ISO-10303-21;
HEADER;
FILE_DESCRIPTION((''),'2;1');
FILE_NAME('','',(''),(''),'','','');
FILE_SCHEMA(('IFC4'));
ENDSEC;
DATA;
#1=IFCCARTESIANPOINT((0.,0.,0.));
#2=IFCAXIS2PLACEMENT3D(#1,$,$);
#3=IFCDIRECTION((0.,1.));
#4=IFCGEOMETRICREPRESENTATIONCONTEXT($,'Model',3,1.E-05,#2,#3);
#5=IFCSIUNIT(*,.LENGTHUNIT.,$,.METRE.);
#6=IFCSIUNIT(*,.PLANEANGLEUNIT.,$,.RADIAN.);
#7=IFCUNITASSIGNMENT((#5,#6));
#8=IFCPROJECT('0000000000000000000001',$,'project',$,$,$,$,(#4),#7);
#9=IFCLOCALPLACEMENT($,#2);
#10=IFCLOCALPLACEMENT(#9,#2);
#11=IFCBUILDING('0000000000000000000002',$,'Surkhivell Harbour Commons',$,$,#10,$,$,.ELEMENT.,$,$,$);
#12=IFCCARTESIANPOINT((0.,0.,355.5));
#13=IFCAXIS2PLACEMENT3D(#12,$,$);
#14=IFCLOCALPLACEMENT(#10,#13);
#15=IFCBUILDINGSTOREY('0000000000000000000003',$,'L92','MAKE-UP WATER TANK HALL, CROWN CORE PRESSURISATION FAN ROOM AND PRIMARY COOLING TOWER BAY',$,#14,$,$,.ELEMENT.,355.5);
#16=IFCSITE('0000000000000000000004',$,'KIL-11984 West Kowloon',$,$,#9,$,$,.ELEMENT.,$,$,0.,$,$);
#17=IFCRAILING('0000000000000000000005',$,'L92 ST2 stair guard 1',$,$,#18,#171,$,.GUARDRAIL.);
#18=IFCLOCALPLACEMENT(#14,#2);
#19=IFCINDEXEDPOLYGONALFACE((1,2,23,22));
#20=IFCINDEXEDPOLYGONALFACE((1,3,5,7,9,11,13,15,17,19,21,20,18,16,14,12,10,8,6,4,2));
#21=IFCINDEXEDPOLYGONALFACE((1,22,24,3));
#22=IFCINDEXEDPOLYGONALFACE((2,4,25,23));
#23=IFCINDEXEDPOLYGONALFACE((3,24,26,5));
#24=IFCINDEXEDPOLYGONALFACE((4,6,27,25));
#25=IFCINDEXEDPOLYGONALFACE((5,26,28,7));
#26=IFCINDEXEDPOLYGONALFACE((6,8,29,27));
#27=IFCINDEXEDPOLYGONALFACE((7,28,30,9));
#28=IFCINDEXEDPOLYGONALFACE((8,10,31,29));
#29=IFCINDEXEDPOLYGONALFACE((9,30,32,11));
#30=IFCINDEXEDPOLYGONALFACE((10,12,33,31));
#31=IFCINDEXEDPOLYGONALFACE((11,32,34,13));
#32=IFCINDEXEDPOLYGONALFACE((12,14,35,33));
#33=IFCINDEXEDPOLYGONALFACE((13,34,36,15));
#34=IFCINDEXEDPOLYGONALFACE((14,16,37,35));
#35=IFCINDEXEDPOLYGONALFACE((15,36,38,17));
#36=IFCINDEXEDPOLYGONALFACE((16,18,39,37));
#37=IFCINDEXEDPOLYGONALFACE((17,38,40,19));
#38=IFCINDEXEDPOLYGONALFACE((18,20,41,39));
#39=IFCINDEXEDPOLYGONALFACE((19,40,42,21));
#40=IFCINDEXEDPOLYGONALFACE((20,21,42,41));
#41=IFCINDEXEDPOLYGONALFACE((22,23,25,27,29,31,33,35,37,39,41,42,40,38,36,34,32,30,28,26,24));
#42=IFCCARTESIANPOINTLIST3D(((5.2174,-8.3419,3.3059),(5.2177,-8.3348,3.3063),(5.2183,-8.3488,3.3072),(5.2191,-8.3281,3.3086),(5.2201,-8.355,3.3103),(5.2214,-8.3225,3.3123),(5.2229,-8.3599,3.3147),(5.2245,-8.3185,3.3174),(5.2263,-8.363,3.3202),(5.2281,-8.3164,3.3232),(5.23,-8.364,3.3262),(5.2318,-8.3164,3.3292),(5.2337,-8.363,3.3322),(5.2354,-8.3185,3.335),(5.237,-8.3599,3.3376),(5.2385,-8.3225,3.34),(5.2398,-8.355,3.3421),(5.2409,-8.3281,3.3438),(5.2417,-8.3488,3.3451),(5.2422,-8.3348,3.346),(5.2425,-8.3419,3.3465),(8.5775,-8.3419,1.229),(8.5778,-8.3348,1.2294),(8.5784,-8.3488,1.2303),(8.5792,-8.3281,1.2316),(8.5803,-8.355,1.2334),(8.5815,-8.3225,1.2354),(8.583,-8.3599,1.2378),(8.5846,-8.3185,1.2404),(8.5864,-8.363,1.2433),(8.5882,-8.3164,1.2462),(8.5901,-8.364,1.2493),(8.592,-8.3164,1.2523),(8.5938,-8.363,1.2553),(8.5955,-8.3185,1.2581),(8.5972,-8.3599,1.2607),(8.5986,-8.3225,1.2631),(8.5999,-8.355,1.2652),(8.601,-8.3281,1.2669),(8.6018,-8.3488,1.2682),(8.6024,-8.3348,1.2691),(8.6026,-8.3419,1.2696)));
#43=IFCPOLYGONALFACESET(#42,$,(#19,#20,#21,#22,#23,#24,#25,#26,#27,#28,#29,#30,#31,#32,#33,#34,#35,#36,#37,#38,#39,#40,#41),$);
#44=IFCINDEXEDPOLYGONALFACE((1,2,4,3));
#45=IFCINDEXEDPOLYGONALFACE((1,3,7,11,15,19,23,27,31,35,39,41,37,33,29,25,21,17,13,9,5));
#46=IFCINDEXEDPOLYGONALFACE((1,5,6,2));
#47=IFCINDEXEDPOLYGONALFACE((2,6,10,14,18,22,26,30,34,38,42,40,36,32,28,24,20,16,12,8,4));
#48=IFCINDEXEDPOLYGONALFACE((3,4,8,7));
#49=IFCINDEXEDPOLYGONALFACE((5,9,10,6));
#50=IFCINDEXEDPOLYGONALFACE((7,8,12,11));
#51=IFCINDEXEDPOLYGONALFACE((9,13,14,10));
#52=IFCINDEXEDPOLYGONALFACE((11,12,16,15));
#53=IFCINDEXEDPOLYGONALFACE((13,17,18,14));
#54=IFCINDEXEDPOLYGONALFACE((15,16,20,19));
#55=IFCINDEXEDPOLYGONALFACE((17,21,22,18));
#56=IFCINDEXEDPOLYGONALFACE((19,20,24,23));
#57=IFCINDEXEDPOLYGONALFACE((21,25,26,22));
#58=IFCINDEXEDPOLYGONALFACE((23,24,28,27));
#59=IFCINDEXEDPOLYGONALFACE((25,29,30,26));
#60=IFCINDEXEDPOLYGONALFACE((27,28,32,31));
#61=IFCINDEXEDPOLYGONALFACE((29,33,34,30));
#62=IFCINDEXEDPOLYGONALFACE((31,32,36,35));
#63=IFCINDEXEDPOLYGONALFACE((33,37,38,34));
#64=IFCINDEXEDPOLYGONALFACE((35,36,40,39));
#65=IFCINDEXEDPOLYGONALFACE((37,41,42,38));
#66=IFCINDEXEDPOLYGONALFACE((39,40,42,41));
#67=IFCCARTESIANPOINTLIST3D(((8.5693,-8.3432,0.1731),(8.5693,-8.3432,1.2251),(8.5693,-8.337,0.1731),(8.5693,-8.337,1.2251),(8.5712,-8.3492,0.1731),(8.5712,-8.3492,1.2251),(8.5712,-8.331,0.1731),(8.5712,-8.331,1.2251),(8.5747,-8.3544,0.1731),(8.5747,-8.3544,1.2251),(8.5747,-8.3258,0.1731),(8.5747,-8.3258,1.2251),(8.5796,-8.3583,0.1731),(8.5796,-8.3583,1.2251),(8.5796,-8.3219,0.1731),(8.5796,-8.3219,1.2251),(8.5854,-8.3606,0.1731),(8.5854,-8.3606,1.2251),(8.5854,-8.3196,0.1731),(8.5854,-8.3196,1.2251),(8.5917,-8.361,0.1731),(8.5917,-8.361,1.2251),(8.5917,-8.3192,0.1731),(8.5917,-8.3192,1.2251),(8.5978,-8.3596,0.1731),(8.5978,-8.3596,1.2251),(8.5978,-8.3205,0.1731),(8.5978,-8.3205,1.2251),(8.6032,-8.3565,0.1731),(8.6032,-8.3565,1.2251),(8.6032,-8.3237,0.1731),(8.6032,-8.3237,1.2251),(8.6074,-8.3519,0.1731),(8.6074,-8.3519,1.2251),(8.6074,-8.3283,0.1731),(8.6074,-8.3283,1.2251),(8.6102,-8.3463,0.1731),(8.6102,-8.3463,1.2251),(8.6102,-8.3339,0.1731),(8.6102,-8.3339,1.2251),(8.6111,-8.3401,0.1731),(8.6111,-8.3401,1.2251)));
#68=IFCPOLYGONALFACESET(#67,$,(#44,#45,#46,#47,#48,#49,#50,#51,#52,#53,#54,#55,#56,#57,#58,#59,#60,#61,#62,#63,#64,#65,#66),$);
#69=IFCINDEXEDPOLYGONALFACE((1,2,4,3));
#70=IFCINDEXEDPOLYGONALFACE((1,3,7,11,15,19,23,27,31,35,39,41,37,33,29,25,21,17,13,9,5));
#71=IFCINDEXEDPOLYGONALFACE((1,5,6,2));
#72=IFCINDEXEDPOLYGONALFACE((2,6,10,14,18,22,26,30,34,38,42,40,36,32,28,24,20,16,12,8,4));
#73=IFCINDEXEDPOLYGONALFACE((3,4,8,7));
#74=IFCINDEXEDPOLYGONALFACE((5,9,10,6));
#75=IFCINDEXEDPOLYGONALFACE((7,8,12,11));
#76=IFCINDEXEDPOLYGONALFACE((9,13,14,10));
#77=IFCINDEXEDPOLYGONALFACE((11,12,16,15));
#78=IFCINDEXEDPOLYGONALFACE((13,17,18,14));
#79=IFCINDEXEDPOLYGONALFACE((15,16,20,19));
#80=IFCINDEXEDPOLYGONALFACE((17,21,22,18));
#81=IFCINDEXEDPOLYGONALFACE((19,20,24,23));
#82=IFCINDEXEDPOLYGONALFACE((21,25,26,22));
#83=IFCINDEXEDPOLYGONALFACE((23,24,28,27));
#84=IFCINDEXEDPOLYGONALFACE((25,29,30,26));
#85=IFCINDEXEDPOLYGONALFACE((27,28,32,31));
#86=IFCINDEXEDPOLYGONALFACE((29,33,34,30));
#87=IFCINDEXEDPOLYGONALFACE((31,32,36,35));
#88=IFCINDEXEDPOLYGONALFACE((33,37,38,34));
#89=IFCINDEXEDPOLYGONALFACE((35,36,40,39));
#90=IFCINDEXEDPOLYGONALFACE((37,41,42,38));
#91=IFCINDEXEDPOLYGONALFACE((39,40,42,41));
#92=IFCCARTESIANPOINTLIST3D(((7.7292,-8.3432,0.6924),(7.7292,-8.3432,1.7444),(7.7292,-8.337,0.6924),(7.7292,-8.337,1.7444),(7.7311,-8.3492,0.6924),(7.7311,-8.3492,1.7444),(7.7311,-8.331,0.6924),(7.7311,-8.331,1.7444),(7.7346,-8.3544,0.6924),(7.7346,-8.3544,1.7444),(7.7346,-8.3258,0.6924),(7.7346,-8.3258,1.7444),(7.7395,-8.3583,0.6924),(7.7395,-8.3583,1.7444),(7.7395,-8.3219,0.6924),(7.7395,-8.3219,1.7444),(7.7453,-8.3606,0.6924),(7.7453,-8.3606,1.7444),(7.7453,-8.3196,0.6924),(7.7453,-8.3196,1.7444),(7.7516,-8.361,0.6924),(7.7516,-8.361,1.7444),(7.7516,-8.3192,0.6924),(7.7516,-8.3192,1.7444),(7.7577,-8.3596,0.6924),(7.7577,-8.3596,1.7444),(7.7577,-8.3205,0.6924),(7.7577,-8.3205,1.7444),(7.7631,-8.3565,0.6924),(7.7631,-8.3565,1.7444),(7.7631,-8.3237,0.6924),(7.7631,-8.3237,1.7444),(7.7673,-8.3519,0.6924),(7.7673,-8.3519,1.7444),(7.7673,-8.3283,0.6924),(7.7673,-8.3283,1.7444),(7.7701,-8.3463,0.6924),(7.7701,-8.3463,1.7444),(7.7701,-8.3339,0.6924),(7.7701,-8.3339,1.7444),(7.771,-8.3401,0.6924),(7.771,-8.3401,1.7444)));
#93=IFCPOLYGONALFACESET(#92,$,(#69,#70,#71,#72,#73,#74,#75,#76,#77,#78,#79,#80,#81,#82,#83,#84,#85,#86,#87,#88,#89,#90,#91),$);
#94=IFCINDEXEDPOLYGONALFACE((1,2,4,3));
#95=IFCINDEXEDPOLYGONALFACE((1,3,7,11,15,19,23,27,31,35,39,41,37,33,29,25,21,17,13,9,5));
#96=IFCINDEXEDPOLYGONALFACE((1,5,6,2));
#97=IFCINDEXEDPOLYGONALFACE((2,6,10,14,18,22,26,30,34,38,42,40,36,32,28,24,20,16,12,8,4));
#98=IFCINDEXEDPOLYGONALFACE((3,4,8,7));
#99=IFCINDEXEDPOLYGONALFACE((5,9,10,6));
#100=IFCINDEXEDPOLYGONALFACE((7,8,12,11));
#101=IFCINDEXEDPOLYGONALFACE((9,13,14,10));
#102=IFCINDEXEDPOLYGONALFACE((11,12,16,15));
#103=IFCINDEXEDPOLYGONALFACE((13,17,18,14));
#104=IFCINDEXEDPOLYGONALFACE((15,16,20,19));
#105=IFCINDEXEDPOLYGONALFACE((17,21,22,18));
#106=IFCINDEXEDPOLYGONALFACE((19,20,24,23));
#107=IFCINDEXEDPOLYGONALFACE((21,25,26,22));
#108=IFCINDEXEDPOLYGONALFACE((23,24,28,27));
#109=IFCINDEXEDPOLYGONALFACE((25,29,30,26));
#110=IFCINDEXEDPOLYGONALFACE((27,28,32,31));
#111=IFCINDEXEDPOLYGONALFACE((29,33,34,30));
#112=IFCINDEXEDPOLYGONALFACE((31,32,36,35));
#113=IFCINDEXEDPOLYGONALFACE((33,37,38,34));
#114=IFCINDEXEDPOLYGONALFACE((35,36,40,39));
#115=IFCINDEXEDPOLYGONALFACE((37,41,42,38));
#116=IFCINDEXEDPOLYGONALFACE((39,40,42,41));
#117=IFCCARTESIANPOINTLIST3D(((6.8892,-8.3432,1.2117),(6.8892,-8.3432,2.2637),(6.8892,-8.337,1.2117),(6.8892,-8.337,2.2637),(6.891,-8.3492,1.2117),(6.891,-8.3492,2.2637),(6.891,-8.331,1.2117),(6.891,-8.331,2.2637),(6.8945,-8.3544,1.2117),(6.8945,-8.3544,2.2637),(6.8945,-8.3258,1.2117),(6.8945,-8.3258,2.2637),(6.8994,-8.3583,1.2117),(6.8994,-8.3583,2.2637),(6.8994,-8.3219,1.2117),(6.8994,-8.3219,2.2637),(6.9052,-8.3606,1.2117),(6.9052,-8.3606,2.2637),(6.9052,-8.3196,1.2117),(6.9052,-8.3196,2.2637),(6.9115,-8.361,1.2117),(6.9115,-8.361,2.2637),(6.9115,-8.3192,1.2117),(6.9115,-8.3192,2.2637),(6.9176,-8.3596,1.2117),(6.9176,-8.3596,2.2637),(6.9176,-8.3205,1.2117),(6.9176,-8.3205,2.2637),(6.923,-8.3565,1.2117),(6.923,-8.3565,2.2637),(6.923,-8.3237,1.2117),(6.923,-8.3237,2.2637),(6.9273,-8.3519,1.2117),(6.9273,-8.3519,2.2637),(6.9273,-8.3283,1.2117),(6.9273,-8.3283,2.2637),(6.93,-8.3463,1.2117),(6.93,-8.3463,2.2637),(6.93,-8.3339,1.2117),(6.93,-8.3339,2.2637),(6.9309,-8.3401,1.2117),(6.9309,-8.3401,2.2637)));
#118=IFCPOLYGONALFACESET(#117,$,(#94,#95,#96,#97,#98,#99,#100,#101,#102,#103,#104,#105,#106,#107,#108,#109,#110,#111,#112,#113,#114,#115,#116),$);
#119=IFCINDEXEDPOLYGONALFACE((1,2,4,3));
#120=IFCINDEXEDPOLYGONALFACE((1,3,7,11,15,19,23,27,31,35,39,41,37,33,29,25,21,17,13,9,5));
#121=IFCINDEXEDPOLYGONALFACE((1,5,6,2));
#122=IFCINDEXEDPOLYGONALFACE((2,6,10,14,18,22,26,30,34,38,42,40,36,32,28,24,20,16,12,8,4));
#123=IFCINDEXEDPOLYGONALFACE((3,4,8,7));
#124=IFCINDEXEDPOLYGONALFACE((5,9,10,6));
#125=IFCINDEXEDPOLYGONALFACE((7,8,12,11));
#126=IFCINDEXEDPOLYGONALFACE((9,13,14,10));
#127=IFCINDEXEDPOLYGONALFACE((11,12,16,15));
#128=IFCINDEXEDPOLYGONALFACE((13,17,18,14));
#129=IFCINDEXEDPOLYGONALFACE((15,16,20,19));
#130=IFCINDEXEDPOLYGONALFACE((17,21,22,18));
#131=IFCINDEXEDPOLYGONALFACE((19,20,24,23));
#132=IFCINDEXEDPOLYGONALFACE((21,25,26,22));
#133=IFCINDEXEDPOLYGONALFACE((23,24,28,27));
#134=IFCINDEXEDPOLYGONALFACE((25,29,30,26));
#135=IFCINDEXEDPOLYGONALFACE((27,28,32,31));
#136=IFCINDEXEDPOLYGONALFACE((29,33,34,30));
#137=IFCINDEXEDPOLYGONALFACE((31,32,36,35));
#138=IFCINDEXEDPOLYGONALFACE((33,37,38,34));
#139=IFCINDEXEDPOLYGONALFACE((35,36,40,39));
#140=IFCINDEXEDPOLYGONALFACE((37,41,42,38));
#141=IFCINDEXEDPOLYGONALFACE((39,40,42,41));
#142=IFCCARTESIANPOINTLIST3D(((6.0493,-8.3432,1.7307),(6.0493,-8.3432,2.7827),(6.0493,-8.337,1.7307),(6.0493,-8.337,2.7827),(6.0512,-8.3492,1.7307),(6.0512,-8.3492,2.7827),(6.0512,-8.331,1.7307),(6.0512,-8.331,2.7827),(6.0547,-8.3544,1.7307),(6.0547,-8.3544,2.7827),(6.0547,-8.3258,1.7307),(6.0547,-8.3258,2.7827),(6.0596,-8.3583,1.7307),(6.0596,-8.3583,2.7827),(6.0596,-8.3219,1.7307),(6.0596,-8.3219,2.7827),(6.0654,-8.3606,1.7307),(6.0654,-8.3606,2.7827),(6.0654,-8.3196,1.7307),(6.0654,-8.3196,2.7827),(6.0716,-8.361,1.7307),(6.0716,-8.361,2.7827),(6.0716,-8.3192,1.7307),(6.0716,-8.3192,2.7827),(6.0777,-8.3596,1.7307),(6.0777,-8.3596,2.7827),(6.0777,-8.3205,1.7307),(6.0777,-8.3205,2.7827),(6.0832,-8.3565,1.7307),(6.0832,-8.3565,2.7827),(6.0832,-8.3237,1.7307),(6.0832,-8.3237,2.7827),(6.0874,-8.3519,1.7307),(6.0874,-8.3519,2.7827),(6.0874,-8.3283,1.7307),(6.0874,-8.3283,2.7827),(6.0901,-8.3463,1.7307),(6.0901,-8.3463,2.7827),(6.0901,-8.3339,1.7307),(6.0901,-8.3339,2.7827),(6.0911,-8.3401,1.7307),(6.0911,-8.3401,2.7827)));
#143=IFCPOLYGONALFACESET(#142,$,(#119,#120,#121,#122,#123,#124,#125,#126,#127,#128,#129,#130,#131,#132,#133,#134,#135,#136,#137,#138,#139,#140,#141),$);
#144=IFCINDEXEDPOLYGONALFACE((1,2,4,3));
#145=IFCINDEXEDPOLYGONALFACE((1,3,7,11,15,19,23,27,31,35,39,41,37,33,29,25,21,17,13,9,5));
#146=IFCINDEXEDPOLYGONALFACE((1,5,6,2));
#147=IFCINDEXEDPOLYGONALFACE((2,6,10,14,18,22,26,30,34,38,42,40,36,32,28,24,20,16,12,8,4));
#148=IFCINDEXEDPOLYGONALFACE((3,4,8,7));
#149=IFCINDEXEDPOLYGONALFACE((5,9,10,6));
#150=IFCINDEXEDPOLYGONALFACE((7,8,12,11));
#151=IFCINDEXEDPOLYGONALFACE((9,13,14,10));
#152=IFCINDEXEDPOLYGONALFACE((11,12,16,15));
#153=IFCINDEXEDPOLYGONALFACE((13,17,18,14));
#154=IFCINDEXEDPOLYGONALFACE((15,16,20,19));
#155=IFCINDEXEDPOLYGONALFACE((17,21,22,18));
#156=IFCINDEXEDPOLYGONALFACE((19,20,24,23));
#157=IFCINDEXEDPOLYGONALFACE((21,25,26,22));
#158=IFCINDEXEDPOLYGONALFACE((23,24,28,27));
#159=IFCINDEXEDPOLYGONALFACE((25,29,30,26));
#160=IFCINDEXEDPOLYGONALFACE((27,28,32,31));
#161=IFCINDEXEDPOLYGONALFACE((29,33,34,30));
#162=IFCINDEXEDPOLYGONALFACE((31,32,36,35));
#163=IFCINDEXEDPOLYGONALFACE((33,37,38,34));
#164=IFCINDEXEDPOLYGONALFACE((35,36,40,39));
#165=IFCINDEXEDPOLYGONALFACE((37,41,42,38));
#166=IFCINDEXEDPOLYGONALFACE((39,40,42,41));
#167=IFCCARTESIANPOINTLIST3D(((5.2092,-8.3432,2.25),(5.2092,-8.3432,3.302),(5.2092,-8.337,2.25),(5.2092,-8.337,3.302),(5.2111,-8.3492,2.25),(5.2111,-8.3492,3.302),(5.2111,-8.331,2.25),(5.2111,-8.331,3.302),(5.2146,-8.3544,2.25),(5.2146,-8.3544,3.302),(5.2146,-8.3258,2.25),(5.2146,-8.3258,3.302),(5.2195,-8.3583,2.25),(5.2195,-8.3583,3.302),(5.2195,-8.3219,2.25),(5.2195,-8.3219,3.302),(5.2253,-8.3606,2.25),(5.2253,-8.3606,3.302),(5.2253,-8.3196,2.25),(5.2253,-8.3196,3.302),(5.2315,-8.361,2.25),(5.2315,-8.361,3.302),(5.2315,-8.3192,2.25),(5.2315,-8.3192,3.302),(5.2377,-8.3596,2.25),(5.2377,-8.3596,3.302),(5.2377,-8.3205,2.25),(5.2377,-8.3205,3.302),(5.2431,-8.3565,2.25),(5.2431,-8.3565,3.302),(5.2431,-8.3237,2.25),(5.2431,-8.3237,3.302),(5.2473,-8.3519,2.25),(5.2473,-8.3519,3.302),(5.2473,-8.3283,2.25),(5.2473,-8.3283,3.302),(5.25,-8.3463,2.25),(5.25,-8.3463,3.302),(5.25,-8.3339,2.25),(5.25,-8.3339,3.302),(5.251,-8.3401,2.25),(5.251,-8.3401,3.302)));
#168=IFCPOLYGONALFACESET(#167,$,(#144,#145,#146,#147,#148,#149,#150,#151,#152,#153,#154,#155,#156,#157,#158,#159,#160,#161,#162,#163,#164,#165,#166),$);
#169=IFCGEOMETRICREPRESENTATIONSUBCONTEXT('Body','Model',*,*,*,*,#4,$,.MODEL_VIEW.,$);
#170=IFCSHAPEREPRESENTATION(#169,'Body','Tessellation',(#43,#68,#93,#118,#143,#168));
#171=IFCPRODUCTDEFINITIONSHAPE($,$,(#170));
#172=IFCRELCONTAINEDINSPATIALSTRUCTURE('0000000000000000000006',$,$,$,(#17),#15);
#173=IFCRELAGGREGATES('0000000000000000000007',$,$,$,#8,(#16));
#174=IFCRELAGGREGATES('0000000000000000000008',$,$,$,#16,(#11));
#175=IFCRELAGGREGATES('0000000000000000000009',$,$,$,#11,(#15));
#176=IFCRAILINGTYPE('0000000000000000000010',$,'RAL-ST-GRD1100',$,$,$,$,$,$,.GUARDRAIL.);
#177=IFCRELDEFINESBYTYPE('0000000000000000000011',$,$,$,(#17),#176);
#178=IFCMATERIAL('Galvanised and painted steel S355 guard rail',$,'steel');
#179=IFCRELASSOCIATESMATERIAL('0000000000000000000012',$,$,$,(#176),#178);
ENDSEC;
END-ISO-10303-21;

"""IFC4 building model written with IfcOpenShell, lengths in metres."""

from ifc_helpers import new_model, si_unit, direction, frame, origin, origin_2d, place, context, subcontext, project, spatial, circle, extrude, material, type_object, element, save


model = new_model("IFC4")

# Units and contexts
model_context = context("Model", 3, precision=1e-05, world=origin(), true_north=direction((0.0, 1.0)))
body_context = subcontext(model_context, "Body", "Model", "MODEL_VIEW")
ifc_project = project(units=[si_unit("LENGTHUNIT", "METRE"), si_unit("PLANEANGLEUNIT", "RADIAN")], contexts=[model_context])

# Site, building, storey
site_placement = place(None, origin())
site = spatial("IfcSite", under=ifc_project, at=site_placement, Name="KIL-11984 West Kowloon", CompositionType="ELEMENT", RefElevation=0.0)
building_placement = place(site_placement, origin())
building = spatial("IfcBuilding", under=site, at=building_placement, Name="Surkhivell Harbour Commons", CompositionType="ELEMENT")
storey_placement = place(building_placement, frame((0.0, 0.0, 355.5)))
storey = spatial("IfcBuildingStorey", under=building, at=storey_placement, Name="L92", Description="MAKE-UP WATER TANK HALL, CROWN CORE PRESSURISATION FAN ROOM AND PRIMARY COOLING TOWER BAY", CompositionType="ELEMENT", Elevation=355.5)

# Railing
ifc_material_1 = material(Name="Galvanised and painted steel S355 guard rail", Category="steel")
railing_type_1 = type_object("IfcRailingType", Name="RAL-ST-GRD1100", PredefinedType="GUARDRAIL", material=ifc_material_1)
railing_1_placement = place(storey_placement, frame((8.5901, -8.3401, 0.1731)))
element("IfcRailing", 1, at=railing_1_placement, inside=storey, type_object=railing_type_1, Name="L92 ST2 stair guard 1", PredefinedType="GUARDRAIL", context=body_context, shape_type="SweptSolid", body=[
    extrude(circle(Radius=0.0239, at=origin_2d()), frame((0.0, 0.0, 1.0762), z_axis=(-0.850623, 0.0, 0.525776), x_axis=(0.0, -1.0, 0.0)), (0.0, 0.0, 1.0), 3.9502),
    extrude(circle(Radius=0.021, at=origin_2d()), origin(), (0.0, 0.0, 1.0), 1.052),
    extrude(circle(Radius=0.021, at=origin_2d()), frame((-0.8401, 0.0, 0.5193)), (0.0, 0.0, 1.0), 1.052),
    extrude(circle(Radius=0.021, at=origin_2d()), frame((-1.6802, 0.0, 1.0386)), (0.0, 0.0, 1.0), 1.052),
    extrude(circle(Radius=0.021, at=origin_2d()), frame((-2.52, 0.0, 1.5576)), (0.0, 0.0, 1.0), 1.052),
    extrude(circle(Radius=0.021, at=origin_2d()), frame((-3.3601, 0.0, 2.0769)), (0.0, 0.0, 1.0), 1.052),
])

save(model, "model.ifc")
